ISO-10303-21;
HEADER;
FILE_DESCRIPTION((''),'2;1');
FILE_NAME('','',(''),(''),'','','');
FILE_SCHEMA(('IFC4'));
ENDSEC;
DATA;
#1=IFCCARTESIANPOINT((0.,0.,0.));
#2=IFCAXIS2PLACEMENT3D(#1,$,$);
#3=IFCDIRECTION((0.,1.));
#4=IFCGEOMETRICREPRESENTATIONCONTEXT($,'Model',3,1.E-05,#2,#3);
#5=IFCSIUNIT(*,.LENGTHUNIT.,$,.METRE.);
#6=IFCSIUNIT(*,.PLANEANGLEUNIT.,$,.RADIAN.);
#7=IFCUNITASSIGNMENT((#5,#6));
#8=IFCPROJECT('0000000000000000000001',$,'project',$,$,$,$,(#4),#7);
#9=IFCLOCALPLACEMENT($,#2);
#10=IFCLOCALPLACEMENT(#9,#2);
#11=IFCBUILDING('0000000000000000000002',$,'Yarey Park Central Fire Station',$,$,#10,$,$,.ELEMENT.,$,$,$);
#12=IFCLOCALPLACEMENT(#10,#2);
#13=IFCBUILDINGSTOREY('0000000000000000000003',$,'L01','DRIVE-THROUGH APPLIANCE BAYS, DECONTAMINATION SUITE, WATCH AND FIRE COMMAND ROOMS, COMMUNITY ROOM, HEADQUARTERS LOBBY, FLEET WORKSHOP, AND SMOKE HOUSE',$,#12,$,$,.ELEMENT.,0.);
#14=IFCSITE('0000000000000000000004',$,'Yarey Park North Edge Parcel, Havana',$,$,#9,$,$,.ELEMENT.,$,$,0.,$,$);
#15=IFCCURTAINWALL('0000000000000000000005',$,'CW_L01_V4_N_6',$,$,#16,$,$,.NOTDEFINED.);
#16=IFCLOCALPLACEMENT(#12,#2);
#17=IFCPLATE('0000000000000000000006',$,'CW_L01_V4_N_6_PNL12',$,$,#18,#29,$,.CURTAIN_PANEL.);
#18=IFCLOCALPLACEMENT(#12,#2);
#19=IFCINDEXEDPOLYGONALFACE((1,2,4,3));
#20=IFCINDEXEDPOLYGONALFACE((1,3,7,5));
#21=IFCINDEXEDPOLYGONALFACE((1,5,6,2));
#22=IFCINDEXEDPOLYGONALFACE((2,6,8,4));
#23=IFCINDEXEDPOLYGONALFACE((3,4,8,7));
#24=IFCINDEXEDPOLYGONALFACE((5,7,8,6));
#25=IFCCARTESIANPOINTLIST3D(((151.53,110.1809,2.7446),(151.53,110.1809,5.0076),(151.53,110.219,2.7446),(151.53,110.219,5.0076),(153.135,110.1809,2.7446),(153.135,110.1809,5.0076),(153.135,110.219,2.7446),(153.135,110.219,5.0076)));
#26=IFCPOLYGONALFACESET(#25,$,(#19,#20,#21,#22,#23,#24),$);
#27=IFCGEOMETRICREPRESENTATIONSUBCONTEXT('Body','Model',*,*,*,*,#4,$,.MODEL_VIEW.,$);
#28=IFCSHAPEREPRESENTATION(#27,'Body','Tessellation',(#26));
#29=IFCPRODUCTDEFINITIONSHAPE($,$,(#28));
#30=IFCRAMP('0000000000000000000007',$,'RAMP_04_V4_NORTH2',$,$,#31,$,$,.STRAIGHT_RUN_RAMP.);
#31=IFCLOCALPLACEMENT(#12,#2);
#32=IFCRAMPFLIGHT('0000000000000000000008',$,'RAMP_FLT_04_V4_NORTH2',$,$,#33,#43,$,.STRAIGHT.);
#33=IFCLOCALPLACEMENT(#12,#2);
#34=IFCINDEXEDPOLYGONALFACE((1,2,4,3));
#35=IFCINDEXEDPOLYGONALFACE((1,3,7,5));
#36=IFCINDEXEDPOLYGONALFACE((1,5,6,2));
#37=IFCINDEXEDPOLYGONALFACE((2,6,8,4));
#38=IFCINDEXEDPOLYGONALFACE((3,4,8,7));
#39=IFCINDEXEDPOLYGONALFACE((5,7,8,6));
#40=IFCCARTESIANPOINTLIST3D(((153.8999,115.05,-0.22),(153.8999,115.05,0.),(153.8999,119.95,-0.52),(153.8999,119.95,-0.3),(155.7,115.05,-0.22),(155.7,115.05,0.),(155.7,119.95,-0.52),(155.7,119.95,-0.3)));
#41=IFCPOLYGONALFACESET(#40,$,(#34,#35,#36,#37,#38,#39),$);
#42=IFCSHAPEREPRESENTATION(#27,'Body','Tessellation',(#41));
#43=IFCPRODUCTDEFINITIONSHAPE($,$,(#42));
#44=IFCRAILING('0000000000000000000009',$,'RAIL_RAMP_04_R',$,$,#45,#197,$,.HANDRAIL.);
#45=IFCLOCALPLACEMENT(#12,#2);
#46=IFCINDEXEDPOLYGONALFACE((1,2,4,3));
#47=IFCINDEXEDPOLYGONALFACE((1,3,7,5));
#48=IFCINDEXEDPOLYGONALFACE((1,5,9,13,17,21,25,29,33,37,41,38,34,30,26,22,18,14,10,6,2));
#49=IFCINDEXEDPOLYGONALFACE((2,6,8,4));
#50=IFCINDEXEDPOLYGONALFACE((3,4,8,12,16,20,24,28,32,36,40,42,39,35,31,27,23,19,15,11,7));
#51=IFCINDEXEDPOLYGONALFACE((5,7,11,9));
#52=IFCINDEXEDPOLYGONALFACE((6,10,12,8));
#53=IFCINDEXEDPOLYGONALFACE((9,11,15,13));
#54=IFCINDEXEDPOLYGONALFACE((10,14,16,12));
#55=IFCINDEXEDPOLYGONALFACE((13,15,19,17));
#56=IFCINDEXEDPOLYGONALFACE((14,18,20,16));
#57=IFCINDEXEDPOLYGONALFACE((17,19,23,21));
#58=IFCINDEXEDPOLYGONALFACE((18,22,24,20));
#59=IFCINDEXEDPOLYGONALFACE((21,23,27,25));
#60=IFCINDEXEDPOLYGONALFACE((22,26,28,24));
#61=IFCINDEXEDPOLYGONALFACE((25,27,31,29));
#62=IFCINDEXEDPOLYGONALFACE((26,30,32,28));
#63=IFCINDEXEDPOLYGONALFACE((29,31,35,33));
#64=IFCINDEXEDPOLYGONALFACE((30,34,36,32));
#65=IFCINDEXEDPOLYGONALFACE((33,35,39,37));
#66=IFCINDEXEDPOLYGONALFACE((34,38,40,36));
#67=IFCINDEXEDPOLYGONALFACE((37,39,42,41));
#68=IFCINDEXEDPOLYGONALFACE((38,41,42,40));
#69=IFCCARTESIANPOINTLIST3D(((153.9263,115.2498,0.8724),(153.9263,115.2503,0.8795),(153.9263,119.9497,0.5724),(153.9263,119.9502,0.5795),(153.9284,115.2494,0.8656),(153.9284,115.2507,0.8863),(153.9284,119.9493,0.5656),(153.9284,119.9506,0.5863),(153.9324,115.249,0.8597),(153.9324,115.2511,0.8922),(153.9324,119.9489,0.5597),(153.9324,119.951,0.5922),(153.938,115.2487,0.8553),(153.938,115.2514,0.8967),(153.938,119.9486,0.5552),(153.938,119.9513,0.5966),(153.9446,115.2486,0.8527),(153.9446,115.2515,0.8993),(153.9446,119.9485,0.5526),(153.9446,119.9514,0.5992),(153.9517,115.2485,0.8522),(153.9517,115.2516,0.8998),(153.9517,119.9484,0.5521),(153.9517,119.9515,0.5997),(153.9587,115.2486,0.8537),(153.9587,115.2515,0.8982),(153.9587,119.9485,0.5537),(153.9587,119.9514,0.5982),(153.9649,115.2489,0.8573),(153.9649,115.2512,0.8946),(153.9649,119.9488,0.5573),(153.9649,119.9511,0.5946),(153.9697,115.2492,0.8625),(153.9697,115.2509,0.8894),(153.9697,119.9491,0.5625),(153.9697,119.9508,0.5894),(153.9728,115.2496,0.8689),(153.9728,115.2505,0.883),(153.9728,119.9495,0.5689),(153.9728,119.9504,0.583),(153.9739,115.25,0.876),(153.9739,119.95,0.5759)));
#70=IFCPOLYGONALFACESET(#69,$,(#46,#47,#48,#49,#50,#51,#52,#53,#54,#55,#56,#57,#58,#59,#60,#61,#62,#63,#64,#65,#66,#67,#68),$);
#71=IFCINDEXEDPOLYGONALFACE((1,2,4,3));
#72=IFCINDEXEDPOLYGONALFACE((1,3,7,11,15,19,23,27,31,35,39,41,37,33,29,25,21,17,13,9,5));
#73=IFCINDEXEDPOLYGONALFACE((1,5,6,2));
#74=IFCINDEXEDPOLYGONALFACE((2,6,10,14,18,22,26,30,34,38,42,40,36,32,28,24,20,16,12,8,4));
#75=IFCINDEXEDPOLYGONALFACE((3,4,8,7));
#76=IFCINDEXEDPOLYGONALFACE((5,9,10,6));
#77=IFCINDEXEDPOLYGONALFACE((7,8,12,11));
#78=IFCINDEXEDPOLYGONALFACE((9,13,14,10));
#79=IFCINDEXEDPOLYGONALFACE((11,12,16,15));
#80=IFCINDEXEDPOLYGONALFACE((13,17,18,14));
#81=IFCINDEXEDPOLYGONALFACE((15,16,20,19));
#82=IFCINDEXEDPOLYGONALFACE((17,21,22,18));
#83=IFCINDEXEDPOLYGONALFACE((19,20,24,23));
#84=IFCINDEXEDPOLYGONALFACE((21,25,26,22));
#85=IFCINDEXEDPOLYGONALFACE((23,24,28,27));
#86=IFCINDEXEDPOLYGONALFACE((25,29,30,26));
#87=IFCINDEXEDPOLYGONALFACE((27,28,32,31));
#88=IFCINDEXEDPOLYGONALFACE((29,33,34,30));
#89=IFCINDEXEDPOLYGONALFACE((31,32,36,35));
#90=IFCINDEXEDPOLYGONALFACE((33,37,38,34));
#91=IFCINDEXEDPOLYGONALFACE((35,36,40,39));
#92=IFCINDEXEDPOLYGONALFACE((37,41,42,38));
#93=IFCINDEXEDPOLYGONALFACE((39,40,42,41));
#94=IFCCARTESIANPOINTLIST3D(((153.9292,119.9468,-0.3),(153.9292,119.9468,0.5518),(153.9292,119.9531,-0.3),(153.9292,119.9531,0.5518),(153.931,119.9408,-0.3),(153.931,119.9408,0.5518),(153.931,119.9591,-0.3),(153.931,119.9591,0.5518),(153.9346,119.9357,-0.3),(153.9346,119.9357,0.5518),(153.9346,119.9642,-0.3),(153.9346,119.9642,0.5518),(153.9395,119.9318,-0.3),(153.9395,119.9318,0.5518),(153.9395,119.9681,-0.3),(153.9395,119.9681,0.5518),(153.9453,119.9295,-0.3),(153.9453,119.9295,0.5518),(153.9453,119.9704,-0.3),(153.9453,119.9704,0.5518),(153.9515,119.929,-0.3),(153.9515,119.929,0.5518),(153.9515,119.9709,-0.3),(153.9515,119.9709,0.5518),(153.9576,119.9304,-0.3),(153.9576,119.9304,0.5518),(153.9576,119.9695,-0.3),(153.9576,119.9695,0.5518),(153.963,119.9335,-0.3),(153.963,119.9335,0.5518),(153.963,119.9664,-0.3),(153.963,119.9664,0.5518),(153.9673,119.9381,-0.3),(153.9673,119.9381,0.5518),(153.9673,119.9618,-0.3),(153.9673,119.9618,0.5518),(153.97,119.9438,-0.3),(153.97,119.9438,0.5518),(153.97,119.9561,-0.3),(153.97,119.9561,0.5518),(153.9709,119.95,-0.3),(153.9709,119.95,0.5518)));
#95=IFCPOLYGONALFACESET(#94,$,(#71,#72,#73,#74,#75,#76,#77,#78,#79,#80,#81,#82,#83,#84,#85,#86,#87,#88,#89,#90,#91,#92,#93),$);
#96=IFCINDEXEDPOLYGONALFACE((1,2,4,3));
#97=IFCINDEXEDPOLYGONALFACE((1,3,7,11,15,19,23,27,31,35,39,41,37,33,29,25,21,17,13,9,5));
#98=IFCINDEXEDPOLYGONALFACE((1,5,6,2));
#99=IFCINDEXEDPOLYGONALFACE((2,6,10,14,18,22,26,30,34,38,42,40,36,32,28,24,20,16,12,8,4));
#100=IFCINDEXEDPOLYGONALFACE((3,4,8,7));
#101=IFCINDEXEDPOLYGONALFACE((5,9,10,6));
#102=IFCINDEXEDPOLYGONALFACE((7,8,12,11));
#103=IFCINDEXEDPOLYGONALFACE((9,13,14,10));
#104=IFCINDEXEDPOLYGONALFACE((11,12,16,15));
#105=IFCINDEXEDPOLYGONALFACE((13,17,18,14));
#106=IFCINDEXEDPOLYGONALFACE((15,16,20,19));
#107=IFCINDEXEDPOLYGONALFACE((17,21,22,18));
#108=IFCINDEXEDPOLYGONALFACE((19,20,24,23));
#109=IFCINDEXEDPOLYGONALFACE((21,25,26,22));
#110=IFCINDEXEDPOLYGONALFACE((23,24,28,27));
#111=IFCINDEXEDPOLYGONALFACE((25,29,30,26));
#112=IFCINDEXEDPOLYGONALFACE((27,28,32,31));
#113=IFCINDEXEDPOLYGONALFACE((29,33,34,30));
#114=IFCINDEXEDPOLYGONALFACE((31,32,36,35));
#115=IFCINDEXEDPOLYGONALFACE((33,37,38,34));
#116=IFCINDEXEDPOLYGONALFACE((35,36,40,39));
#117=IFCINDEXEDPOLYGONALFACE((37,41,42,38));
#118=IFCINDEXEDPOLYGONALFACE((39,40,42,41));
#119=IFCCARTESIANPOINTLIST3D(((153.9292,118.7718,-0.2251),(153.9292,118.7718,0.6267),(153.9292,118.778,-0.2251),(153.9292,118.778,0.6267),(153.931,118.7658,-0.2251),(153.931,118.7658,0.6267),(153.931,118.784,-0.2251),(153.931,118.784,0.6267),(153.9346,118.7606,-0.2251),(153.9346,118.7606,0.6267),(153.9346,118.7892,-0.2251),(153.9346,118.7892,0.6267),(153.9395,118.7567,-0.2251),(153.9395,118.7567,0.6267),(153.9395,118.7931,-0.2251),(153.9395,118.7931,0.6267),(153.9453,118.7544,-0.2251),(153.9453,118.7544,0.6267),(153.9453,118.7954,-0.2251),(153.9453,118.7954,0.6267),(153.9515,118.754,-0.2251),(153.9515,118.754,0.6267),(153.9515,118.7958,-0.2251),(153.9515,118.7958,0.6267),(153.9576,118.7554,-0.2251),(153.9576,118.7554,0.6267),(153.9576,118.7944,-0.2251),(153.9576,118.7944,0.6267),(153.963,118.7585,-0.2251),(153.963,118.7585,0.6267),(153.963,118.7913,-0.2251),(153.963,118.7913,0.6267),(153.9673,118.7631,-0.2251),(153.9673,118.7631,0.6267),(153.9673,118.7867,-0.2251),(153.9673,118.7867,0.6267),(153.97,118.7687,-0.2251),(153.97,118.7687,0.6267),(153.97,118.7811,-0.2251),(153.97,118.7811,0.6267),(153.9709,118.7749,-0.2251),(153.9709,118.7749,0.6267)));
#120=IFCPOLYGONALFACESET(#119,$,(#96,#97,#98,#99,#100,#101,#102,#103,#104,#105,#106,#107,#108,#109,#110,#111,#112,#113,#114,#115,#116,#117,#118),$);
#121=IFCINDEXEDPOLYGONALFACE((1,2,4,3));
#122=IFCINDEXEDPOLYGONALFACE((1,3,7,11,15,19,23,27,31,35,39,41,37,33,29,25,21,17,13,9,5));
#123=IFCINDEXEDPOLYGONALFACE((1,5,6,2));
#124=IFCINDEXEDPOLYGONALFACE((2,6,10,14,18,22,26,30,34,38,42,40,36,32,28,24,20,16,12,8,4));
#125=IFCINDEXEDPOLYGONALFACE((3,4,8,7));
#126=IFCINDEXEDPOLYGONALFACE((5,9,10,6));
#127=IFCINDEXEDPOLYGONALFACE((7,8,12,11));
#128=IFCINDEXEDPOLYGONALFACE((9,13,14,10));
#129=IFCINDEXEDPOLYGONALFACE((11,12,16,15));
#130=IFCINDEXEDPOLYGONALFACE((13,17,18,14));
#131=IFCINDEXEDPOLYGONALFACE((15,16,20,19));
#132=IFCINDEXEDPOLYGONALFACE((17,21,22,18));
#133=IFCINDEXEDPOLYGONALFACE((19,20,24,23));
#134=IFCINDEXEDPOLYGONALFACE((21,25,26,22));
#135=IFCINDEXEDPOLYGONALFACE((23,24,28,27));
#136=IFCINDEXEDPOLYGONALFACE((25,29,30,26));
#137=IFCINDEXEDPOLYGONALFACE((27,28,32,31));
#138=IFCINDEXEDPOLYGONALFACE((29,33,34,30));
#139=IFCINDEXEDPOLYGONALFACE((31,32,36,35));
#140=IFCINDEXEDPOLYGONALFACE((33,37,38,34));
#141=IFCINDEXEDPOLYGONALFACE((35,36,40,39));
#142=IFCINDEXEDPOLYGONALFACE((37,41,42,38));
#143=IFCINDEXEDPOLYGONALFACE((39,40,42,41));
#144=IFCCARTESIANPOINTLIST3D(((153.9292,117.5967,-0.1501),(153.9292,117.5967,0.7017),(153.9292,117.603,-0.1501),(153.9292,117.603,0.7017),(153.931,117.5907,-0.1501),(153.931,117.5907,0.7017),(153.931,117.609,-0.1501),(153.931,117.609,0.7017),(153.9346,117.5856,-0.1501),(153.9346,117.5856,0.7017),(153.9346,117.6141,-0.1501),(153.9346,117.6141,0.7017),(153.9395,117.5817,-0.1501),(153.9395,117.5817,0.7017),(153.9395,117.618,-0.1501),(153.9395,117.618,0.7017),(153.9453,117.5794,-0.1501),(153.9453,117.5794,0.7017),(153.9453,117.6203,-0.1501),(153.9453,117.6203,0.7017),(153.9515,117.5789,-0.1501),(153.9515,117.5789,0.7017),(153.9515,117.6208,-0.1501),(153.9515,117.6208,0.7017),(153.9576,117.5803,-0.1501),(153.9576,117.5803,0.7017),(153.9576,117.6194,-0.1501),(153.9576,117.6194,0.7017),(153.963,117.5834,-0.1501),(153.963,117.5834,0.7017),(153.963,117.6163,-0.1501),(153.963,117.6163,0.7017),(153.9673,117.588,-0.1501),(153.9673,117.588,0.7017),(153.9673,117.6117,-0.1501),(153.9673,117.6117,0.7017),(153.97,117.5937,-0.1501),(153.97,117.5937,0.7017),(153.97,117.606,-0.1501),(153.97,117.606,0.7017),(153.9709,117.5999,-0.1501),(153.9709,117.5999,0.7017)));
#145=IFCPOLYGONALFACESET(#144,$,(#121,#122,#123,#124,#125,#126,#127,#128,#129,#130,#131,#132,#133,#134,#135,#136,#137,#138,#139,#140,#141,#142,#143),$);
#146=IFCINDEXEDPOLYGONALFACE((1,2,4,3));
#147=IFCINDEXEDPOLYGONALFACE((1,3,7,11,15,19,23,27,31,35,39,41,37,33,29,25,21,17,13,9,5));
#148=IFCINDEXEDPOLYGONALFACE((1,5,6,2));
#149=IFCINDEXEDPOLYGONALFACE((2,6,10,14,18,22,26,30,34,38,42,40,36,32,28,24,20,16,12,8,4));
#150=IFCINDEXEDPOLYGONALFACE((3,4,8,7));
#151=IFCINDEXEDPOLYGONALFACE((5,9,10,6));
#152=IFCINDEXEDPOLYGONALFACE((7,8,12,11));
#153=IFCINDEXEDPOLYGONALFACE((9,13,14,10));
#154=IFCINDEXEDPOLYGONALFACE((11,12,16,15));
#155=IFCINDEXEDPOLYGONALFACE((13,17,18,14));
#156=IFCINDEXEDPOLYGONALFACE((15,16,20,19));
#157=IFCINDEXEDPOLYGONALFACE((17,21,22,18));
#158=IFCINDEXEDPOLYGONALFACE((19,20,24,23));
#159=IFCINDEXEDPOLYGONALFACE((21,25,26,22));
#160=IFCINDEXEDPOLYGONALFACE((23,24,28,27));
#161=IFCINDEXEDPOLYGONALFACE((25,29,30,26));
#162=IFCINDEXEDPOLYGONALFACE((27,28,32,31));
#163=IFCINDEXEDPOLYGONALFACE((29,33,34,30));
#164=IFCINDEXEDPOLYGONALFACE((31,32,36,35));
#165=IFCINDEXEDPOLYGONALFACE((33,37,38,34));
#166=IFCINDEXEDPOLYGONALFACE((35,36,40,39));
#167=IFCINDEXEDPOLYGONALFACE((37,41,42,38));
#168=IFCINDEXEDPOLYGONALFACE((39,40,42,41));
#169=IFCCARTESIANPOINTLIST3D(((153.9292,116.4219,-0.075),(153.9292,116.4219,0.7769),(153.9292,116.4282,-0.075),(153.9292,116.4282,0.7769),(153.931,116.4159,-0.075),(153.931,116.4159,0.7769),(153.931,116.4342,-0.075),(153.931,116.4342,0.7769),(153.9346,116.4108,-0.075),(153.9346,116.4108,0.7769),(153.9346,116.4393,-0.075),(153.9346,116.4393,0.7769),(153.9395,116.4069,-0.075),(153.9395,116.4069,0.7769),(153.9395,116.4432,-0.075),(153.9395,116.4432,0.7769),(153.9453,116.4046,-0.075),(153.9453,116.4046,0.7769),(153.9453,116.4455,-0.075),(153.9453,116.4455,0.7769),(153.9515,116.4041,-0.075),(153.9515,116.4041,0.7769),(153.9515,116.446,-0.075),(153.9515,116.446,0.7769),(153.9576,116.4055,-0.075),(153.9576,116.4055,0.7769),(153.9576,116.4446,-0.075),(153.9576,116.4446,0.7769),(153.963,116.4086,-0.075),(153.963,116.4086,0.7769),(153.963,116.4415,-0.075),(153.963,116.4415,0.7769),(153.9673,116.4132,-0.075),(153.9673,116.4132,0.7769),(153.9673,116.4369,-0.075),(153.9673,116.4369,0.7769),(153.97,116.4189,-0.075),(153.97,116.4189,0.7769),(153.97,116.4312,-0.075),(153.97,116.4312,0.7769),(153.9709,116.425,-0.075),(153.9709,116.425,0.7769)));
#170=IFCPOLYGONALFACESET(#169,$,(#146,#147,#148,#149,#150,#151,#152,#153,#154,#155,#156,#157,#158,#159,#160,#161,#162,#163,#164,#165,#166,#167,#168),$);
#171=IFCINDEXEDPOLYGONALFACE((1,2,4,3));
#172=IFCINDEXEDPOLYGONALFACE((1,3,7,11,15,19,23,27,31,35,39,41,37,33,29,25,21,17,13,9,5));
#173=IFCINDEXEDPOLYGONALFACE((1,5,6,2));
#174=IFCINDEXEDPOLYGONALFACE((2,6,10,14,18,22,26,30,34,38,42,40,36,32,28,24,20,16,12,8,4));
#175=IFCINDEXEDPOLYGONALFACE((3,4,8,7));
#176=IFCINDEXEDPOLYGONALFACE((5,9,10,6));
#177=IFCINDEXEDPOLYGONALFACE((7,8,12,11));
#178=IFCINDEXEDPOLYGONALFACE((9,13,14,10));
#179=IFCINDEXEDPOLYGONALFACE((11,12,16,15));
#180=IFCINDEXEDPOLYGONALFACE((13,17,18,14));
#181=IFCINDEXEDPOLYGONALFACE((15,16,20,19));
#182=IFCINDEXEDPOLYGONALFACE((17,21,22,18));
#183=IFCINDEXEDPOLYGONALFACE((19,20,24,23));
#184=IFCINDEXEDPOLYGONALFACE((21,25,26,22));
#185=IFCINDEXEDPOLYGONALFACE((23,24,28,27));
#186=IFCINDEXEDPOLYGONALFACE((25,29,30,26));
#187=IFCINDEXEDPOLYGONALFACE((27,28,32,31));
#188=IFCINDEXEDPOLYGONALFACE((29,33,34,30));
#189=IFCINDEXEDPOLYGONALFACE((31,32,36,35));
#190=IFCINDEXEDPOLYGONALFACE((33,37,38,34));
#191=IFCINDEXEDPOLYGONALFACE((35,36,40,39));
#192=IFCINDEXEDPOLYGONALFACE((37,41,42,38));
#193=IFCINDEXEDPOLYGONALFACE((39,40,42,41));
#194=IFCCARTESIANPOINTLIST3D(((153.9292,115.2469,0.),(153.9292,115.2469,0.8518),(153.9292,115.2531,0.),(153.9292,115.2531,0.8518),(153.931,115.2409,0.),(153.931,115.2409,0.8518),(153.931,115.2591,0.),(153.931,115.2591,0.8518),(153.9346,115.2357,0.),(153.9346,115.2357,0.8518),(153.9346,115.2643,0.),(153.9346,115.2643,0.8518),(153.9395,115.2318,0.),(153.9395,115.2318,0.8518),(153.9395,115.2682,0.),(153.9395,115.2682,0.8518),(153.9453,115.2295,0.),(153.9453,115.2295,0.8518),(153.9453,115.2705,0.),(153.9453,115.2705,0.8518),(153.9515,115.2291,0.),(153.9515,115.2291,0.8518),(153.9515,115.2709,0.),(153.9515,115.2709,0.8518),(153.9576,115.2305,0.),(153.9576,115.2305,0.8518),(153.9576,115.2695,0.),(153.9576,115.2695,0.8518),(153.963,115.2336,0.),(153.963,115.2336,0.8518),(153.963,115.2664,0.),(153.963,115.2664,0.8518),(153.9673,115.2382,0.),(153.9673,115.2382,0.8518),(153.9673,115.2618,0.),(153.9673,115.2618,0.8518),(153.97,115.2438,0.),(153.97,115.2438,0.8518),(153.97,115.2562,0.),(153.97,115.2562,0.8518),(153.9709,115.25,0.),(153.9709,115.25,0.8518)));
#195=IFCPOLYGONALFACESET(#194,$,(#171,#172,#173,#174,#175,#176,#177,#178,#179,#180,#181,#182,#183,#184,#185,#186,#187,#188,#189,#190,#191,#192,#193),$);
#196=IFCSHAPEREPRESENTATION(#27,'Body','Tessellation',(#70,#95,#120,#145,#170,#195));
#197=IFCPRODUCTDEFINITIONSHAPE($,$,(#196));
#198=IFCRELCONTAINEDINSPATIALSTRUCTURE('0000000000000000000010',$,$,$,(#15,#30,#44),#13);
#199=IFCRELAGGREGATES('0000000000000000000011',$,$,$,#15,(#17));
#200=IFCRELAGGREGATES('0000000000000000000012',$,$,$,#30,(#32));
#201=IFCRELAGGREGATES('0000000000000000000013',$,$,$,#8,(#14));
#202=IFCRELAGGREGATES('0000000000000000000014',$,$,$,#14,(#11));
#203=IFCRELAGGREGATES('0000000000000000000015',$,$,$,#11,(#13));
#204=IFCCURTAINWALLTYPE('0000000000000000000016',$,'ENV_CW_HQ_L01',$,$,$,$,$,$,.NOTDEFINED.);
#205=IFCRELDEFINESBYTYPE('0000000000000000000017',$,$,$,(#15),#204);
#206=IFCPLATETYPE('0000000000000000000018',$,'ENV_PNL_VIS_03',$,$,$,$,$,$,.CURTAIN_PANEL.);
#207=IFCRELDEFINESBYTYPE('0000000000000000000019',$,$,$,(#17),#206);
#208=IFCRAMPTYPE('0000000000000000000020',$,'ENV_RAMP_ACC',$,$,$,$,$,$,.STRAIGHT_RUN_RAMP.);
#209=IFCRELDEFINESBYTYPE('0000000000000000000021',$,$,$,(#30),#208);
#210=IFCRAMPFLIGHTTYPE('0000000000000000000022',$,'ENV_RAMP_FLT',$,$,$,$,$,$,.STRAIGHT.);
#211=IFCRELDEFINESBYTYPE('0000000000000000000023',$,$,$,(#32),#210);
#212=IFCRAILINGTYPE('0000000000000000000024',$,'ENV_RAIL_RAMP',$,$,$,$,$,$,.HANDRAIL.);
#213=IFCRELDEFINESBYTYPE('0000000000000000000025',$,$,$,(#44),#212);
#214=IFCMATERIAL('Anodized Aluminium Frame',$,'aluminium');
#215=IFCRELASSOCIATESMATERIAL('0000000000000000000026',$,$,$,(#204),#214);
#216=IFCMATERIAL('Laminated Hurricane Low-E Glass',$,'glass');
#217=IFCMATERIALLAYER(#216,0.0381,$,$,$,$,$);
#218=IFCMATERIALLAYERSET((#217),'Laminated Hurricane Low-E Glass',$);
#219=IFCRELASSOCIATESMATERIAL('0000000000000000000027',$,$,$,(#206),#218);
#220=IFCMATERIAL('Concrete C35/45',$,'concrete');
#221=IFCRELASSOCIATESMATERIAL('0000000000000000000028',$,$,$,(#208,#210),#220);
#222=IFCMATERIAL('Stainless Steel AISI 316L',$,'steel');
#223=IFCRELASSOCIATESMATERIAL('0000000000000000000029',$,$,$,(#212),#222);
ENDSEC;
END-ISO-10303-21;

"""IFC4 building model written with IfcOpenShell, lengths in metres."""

from ifc_helpers import new_model, si_unit, direction, frame, origin, origin_2d, place, context, subcontext, project, spatial, polyline, rectangle, circle, outline, extrude, material, layer, layer_set, type_object, element, aggregate, save


model = new_model("IFC4")

# Units and contexts
model_context = context("Model", 3, precision=1e-05, world=origin(), true_north=direction((0.0, 1.0)))
body_context = subcontext(model_context, "Body", "Model", "MODEL_VIEW")
ifc_project = project(units=[si_unit("LENGTHUNIT", "METRE"), si_unit("PLANEANGLEUNIT", "RADIAN")], contexts=[model_context])

# Site, building, storey
site_placement = place(None, origin())
site = spatial("IfcSite", under=ifc_project, at=site_placement, Name="Yarey Park North Edge Parcel, Havana", CompositionType="ELEMENT", RefElevation=0.0)
building_placement = place(site_placement, origin())
building = spatial("IfcBuilding", under=site, at=building_placement, Name="Yarey Park Central Fire Station", CompositionType="ELEMENT")
storey_placement = place(building_placement, origin())
storey = spatial("IfcBuildingStorey", under=building, at=storey_placement, Name="L01", Description="DRIVE-THROUGH APPLIANCE BAYS, DECONTAMINATION SUITE, WATCH AND FIRE COMMAND ROOMS, COMMUNITY ROOM, HEADQUARTERS LOBBY, FLEET WORKSHOP, AND SMOKE HOUSE", CompositionType="ELEMENT", Elevation=0.0)

# Shared definitions
ifc_material_1 = material(Name="Concrete C35/45", Category="concrete")

# Shared definitions
ifc_material_2 = material(Name="Anodized Aluminium Frame", Category="aluminium")
curtain_wall_type = type_object("IfcCurtainWallType", Name="ENV_CW_HQ_L01", PredefinedType="NOTDEFINED", material=ifc_material_2)

# Curtain wall
curtain_wall_1_placement = place(storey_placement, origin())
curtain_wall_1 = element("IfcCurtainWall", 1, at=curtain_wall_1_placement, inside=storey, type_object=curtain_wall_type, Name="CW_L01_V4_N_6", PredefinedType="NOTDEFINED")

# Plate
ifc_material_3 = material(Name="Laminated Hurricane Low-E Glass", Category="glass")
ifc_layer_1 = layer(ifc_material_3, 0.0381)
ifc_layer_set_1 = layer_set([ifc_layer_1], Name="Laminated Hurricane Low-E Glass")
plate_type_1 = type_object("IfcPlateType", Name="ENV_PNL_VIS_03", PredefinedType="CURTAIN_PANEL", material=ifc_layer_set_1)
plate_1_placement = place(storey_placement, frame((152.3325, 110.2, 2.7446), z_axis=(0.0, 0.0, 1.0), x_axis=(-1.0, 0.0, 0.0)))
plate_1 = element("IfcPlate", 2, at=plate_1_placement, type_object=plate_type_1, Name="CW_L01_V4_N_6_PNL12", PredefinedType="CURTAIN_PANEL", context=body_context, shape_type="SweptSolid", body=[
    extrude(rectangle(XDim=1.605, YDim=0.0381, at=origin_2d()), origin(), (0.0, 0.0, 1.0), 2.2629),
])
aggregate(curtain_wall_1, [plate_1])

# Ramp, ramp flight
ramp_type = type_object("IfcRampType", Name="ENV_RAMP_ACC", PredefinedType="STRAIGHT_RUN_RAMP", material=ifc_material_1)
ramp_placement = place(storey_placement, origin())
ramp = element("IfcRamp", 3, at=ramp_placement, inside=storey, type_object=ramp_type, Name="RAMP_04_V4_NORTH2", PredefinedType="STRAIGHT_RUN_RAMP")
ramp_flight_type = type_object("IfcRampFlightType", Name="ENV_RAMP_FLT", PredefinedType="STRAIGHT", material=ifc_material_1)
ramp_flight_placement = place(storey_placement, frame((154.8, 119.95, -0.3), z_axis=(0.0, 0.0, 1.0), x_axis=(0.0, -1.0, 0.0)))
ramp_flight = element("IfcRampFlight", 4, at=ramp_flight_placement, type_object=ramp_flight_type, Name="RAMP_FLT_04_V4_NORTH2", PredefinedType="STRAIGHT", context=body_context, shape_type="SweptSolid", body=[
    extrude(outline(polyline([(0.0, 0.0), (0.0, -0.22), (4.8999, 0.0801), (4.8999, 0.3), (0.0, 0.0)])), frame((0.0, 0.8999, 0.0), z_axis=(0.0, -1.0, 0.0), x_axis=(1.0, 0.0, 0.0)), (0.0, 0.0, 1.0), 1.8),
])
aggregate(ramp, [ramp_flight])

# Railing
ifc_material_4 = material(Name="Stainless Steel AISI 316L", Category="steel")
railing_type = type_object("IfcRailingType", Name="ENV_RAIL_RAMP", PredefinedType="HANDRAIL", material=ifc_material_4)
railing_placement = place(storey_placement, frame((153.95, 119.95, -0.3)))
element("IfcRailing", 5, at=railing_placement, inside=storey, type_object=railing_type, Name="RAIL_RAMP_04_R", PredefinedType="HANDRAIL", context=body_context, shape_type="SweptSolid", body=[
    extrude(circle(Radius=0.0239, at=origin_2d()), frame((0.0, 0.0, 0.876), z_axis=(0.0, -0.997968, 0.063711), x_axis=(1.0, 0.0, 0.0)), (0.0, 0.0, 1.0), 4.7095),
    extrude(circle(Radius=0.021, at=origin_2d()), origin(), (0.0, 0.0, 1.0), 0.8518),
    extrude(circle(Radius=0.021, at=origin_2d()), frame((0.0, -1.175, 0.075)), (0.0, 0.0, 1.0), 0.8518),
    extrude(circle(Radius=0.021, at=origin_2d()), frame((0.0, -2.3501, 0.1499)), (0.0, 0.0, 1.0), 0.8518),
    extrude(circle(Radius=0.021, at=origin_2d()), frame((0.0, -3.5249, 0.2251)), (0.0, 0.0, 1.0), 0.8518),
    extrude(circle(Radius=0.021, at=origin_2d()), frame((0.0, -4.7, 0.3)), (0.0, 0.0, 1.0), 0.8518),
])

save(model, "model.ifc")
